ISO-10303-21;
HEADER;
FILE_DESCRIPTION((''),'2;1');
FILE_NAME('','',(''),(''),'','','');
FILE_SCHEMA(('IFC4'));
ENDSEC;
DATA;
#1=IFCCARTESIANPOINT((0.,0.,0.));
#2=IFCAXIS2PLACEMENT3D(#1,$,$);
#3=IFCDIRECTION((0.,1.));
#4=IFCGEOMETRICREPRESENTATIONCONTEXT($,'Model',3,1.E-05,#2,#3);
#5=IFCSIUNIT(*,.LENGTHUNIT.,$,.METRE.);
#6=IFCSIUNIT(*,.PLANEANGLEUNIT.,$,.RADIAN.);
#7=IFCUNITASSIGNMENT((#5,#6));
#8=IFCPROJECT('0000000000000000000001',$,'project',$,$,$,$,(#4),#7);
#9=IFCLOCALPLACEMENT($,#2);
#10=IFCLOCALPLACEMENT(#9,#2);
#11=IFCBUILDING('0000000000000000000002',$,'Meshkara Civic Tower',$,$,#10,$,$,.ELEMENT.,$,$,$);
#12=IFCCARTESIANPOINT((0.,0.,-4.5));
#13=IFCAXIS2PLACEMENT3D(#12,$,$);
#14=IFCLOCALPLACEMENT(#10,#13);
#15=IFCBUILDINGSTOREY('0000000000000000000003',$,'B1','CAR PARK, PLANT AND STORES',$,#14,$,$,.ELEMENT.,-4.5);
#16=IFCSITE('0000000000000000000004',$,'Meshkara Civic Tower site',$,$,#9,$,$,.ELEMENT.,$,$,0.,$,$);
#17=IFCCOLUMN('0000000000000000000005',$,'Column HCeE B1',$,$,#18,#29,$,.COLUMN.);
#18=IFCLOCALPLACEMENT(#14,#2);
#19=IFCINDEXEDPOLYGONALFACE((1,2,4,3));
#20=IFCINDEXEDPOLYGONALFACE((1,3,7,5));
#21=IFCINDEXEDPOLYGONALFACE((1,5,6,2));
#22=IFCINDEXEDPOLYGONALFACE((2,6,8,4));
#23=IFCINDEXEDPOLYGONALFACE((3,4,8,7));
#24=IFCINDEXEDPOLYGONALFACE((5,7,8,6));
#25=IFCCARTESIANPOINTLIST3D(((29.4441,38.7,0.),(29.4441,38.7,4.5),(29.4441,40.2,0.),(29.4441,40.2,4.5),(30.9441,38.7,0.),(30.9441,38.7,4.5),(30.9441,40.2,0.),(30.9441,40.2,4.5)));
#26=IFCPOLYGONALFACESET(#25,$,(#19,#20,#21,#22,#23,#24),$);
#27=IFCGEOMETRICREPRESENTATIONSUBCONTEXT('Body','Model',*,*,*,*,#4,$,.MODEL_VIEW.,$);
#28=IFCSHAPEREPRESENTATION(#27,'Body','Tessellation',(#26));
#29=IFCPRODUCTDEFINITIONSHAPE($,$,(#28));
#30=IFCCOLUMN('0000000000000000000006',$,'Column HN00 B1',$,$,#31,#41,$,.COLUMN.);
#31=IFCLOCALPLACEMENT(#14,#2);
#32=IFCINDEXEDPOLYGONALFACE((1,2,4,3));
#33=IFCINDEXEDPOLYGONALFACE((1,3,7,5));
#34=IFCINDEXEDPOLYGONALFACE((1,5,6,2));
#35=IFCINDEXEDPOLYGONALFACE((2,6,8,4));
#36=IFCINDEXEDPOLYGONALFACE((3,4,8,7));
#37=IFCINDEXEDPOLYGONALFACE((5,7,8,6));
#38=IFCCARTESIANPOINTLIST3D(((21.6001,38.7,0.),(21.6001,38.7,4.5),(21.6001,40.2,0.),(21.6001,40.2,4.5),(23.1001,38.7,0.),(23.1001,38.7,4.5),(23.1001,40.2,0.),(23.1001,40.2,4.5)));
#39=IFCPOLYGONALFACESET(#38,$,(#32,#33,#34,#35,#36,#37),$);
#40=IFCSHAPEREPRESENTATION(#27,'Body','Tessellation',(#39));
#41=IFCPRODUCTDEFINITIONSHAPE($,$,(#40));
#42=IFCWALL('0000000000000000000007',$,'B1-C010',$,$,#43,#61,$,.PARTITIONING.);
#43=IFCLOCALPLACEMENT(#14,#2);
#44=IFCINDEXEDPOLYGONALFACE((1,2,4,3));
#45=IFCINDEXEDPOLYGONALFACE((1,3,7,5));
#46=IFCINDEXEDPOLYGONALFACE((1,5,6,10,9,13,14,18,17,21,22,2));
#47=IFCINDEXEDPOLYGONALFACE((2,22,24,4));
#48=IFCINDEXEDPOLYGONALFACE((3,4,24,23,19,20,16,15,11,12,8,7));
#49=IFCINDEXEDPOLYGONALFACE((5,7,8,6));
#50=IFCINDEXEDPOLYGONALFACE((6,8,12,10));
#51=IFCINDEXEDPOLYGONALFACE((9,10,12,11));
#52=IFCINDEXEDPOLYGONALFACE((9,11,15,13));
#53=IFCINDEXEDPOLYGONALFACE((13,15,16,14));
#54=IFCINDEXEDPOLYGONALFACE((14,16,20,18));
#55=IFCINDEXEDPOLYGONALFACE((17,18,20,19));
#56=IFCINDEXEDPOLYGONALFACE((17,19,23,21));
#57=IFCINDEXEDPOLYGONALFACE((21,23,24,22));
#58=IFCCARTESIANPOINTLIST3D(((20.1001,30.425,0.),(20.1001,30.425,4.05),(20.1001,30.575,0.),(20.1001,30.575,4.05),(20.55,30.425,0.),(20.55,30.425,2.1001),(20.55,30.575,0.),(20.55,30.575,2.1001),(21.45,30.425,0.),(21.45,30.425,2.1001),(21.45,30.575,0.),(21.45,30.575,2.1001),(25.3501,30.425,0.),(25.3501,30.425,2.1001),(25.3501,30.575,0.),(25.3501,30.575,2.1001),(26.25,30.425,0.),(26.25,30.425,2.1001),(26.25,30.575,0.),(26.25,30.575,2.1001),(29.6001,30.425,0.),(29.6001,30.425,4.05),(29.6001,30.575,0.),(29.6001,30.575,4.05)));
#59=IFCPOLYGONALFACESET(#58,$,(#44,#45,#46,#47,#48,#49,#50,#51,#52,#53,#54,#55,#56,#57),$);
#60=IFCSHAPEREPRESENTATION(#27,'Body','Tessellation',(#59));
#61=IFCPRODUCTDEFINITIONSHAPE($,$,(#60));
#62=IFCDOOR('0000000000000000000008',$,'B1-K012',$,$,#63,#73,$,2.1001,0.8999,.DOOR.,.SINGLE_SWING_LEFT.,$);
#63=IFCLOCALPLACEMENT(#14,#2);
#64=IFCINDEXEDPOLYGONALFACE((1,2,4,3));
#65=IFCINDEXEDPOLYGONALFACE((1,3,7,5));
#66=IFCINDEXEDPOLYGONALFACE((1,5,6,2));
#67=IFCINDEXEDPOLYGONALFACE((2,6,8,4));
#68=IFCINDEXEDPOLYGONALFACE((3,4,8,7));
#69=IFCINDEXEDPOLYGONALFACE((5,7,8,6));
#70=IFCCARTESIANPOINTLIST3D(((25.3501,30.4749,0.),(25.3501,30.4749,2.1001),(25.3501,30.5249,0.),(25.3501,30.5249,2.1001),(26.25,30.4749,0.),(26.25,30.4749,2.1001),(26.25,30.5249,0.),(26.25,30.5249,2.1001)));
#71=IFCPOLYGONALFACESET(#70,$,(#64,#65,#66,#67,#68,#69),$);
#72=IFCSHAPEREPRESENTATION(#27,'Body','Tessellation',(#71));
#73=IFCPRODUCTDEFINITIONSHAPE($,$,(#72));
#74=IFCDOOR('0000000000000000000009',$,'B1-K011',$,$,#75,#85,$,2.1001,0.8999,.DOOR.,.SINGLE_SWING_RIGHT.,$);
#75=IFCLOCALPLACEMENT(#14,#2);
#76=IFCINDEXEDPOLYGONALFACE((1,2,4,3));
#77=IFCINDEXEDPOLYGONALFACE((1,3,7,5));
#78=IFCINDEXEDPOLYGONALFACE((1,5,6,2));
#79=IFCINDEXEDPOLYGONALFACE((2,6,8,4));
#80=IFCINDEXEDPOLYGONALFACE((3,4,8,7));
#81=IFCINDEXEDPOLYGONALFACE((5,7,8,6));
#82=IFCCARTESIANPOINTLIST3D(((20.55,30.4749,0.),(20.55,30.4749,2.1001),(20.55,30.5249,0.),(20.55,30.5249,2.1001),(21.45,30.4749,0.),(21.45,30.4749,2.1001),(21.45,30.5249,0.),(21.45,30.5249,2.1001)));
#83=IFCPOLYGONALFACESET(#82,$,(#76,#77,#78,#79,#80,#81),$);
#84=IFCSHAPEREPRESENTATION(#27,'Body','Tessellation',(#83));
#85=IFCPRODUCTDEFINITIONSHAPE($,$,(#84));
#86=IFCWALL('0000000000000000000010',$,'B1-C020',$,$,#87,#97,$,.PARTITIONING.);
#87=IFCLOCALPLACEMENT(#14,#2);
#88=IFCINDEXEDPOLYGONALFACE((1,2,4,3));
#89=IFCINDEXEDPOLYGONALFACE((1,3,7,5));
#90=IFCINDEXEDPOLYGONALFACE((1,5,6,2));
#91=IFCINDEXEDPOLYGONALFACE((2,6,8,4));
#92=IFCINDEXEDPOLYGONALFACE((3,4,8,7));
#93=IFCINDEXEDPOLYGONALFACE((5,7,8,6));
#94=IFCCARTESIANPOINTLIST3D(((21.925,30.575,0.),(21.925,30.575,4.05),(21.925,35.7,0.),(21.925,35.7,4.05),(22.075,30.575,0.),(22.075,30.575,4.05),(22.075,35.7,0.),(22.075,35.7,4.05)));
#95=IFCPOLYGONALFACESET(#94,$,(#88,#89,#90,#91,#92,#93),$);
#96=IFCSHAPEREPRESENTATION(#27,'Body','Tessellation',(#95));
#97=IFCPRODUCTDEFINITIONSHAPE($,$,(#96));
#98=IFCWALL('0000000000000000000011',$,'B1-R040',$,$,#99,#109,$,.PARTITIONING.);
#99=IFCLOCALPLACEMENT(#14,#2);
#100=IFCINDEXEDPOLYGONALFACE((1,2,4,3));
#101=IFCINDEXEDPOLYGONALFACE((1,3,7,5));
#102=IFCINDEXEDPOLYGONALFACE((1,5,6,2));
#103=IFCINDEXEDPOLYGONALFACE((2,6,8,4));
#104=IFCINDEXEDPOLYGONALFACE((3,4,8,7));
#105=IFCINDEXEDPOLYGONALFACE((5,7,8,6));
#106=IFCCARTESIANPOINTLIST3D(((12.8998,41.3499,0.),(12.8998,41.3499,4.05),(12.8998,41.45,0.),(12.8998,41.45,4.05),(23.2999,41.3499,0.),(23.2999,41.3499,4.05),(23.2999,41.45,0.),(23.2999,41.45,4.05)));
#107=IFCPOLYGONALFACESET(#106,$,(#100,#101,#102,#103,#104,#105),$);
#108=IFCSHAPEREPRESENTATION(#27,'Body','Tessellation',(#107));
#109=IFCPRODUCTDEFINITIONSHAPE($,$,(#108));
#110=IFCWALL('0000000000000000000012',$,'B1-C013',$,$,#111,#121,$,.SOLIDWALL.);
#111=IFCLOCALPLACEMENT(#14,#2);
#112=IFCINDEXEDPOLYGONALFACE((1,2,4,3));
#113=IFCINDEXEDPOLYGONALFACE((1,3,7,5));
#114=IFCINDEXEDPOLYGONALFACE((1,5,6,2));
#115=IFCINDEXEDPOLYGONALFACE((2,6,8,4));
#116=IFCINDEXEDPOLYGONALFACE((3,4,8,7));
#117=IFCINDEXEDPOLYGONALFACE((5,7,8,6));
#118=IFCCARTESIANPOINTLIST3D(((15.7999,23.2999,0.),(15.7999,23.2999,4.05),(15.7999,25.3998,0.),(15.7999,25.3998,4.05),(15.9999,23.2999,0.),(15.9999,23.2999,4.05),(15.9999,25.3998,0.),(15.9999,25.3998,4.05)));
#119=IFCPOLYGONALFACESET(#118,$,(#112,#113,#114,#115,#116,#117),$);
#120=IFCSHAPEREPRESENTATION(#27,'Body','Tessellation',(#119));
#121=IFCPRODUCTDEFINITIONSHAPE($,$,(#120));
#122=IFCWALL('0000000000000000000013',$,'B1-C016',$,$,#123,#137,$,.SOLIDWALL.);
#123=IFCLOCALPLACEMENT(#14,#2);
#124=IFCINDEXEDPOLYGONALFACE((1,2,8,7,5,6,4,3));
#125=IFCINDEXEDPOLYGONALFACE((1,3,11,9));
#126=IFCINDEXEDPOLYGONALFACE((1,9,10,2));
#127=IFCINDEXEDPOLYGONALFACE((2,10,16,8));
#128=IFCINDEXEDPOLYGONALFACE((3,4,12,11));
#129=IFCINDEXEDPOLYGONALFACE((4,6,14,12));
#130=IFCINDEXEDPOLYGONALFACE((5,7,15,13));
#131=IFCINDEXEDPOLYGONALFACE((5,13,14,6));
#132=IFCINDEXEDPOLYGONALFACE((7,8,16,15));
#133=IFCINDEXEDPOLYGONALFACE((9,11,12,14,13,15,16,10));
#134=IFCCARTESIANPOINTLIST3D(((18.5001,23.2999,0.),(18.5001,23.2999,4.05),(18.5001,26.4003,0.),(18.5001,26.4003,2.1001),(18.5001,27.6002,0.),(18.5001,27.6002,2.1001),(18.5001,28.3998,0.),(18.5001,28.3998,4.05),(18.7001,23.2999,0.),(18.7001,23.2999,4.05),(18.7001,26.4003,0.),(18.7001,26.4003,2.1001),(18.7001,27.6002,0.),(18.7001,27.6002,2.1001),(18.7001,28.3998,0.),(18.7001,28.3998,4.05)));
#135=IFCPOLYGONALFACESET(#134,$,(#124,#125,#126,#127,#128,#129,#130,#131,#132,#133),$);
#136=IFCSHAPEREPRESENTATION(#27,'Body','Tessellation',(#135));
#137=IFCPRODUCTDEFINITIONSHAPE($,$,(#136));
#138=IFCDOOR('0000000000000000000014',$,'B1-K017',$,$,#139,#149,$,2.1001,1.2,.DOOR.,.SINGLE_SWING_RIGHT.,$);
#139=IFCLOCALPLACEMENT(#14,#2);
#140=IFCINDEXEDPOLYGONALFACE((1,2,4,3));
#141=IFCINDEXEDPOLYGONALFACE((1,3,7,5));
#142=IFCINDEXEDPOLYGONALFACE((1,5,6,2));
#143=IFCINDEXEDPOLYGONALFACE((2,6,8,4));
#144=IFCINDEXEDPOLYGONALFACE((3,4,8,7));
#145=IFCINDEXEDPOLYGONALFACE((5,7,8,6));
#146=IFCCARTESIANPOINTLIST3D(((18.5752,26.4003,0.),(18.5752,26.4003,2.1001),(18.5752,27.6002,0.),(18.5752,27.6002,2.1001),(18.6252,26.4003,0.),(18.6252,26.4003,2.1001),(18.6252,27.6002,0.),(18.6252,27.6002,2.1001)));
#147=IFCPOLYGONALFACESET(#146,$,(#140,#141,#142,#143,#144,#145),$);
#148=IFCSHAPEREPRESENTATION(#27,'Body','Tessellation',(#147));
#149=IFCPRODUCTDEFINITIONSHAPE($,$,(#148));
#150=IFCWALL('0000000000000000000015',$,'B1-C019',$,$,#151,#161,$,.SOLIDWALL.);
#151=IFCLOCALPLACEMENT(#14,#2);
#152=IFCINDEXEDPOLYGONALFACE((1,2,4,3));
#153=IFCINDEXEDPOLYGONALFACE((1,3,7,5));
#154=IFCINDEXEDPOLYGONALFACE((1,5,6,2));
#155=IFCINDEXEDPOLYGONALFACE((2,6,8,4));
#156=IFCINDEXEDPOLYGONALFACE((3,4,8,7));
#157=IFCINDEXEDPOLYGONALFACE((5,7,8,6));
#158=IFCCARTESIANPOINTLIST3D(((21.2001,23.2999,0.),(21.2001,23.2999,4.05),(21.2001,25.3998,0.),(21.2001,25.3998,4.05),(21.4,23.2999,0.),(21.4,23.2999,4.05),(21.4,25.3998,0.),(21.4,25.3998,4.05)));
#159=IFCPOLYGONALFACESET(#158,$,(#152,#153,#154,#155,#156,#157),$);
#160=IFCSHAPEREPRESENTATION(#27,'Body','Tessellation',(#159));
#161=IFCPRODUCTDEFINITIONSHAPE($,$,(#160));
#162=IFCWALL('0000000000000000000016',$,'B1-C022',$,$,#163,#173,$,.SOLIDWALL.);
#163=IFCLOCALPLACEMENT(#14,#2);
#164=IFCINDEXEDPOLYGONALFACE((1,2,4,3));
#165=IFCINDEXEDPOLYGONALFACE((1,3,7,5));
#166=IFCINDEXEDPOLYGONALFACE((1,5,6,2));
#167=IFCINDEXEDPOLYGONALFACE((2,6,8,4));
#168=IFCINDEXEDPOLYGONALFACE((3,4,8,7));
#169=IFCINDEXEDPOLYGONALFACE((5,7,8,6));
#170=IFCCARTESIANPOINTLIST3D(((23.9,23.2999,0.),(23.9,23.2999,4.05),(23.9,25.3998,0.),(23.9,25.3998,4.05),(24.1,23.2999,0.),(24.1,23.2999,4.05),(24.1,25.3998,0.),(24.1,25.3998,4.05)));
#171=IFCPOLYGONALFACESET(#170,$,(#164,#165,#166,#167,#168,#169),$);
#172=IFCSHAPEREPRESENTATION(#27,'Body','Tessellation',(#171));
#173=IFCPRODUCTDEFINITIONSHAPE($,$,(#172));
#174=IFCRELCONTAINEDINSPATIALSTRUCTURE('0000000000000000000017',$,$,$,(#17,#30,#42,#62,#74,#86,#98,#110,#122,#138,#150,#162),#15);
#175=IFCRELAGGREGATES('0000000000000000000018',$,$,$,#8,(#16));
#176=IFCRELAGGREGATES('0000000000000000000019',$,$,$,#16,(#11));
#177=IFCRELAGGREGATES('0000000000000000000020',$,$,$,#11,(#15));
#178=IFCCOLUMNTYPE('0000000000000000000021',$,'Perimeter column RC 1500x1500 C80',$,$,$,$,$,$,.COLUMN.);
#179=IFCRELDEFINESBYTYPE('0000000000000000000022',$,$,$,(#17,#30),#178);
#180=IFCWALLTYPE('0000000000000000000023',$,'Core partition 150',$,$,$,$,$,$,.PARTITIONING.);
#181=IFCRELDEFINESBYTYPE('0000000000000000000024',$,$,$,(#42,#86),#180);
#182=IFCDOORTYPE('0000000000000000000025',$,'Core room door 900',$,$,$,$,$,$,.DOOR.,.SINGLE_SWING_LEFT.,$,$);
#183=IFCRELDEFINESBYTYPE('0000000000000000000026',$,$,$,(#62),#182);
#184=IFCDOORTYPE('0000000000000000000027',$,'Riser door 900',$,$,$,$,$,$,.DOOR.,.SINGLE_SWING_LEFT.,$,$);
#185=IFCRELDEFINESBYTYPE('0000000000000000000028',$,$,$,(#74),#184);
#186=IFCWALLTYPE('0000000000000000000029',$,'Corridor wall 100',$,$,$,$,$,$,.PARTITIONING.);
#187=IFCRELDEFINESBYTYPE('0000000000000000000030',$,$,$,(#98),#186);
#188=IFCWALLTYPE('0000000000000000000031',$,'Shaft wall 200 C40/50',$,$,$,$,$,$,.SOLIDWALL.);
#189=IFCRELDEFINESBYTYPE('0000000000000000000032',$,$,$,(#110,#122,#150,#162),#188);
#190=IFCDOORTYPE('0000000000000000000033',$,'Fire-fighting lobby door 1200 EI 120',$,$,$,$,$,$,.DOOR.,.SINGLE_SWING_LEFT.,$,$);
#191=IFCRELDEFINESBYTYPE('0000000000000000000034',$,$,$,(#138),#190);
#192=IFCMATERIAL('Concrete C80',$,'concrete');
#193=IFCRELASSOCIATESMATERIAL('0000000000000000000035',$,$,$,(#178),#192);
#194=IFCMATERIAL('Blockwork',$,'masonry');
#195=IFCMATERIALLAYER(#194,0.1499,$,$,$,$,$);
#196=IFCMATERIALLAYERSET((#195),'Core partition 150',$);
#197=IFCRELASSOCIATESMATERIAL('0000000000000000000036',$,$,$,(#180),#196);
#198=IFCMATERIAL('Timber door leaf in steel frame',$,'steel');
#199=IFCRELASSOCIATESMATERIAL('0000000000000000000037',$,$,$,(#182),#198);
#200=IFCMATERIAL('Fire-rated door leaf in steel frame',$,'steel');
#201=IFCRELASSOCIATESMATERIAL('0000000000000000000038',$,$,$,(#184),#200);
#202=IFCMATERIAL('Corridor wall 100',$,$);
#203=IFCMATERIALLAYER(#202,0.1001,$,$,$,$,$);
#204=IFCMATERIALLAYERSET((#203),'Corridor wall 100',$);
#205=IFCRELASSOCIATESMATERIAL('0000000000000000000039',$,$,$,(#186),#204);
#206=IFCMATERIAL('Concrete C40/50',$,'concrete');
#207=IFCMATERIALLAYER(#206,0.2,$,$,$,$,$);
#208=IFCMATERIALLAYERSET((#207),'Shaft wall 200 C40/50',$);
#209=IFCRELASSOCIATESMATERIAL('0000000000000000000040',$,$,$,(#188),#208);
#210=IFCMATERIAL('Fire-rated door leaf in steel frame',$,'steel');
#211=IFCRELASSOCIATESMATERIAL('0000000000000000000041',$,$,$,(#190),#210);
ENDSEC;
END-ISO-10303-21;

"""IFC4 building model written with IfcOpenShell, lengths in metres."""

from ifc_helpers import new_model, si_unit, direction, frame, frame_2d, origin, origin_2d, place, context, subcontext, project, spatial, rectangle, extrude, material, layer, layer_set, material_profile, profile_set, type_object, element, fill, save


model = new_model("IFC4")

# Units and contexts
model_context = context("Model", 3, precision=1e-05, world=origin(), true_north=direction((0.0, 1.0)))
body_context = subcontext(model_context, "Body", "Model", "MODEL_VIEW")
ifc_project = project(units=[si_unit("LENGTHUNIT", "METRE"), si_unit("PLANEANGLEUNIT", "RADIAN")], contexts=[model_context])

# Site, building, storey
site_placement = place(None, origin())
site = spatial("IfcSite", under=ifc_project, at=site_placement, Name="Meshkara Civic Tower site", CompositionType="ELEMENT", RefElevation=0.0)
building_placement = place(site_placement, origin())
building = spatial("IfcBuilding", under=site, at=building_placement, Name="Meshkara Civic Tower", CompositionType="ELEMENT")
storey_placement = place(building_placement, frame((0.0, 0.0, -4.5)))
storey = spatial("IfcBuildingStorey", under=building, at=storey_placement, Name="B1", Description="CAR PARK, PLANT AND STORES", CompositionType="ELEMENT", Elevation=-4.5)

# Columns
ifc_material_1 = material(Name="Concrete C80", Category="concrete")
ifc_material_profile = material_profile(ifc_material_1, rectangle(XDim=1.5, YDim=1.5, at=origin_2d()))
ifc_profile_set = profile_set([ifc_material_profile], Name="Concrete C80")
column_type = type_object("IfcColumnType", Name="Perimeter column RC 1500x1500 C80", PredefinedType="COLUMN", material=ifc_profile_set)
for number, where, z_axis, x_axis, name in (
    (1, (30.1941, 39.45, 0.0), (0.0, 0.0, 1.0), (1.0, 0.0, 0.0), "Column HCeE B1"),
    (2, (22.3501, 39.45, 0.0), (0.0, 0.0, 1.0), (1.0, 0.0, 0.0), "Column HN00 B1"),
):
    element("IfcColumn", number, at=place(storey_placement, frame(where, z_axis=z_axis, x_axis=x_axis)), inside=storey, type_object=column_type, Name=name, PredefinedType="COLUMN", context=body_context, shape_type="SweptSolid", body=[
        extrude(rectangle(XDim=1.5, YDim=1.5, at=origin_2d()), origin(), (0.0, 0.0, 1.0), 4.5),
    ])

# Wall, openings, doors
ifc_material_2 = material(Name="Blockwork", Category="masonry")
ifc_layer_1 = layer(ifc_material_2, 0.1499)
ifc_layer_set_1 = layer_set([ifc_layer_1], Name="Core partition 150")
wall_type_1 = type_object("IfcWallType", Name="Core partition 150", PredefinedType="PARTITIONING", material=ifc_layer_set_1)
wall_1_placement = place(storey_placement, frame((20.1001, 30.5, 0.0), z_axis=(0.0, 0.0, 1.0), x_axis=(1.0, 0.0, 0.0)))
wall_1 = element("IfcWall", 3, at=wall_1_placement, inside=storey, type_object=wall_type_1, Name="B1-C010", PredefinedType="PARTITIONING", context=body_context, shape_type="SweptSolid", body=[
    extrude(rectangle(XDim=9.5, YDim=0.1499, at=frame_2d((4.75, 0.0))), origin(), (0.0, 0.0, 1.0), 4.05),
])
opening_1_placement = place(wall_1_placement, frame((0.45, 0.0, 0.0)))
opening_1 = element("IfcOpeningElement", 4, at=opening_1_placement, cuts=wall_1, PredefinedType="OPENING", context=body_context, shape_type="SweptSolid", body=[
    extrude(rectangle(XDim=0.8999, YDim=2.1001, at=frame_2d((0.45, 1.05))), frame((0.0, 0.085, 0.0), z_axis=(0.0, -1.0, 0.0), x_axis=(1.0, 0.0, 0.0)), (0.0, 0.0, 1.0), 0.1699),
])
opening_2_placement = place(wall_1_placement, frame((5.25, 0.0, 0.0)))
opening_2 = element("IfcOpeningElement", 5, at=opening_2_placement, cuts=wall_1, PredefinedType="OPENING", context=body_context, shape_type="SweptSolid", body=[
    extrude(rectangle(XDim=0.8999, YDim=2.1001, at=frame_2d((0.45, 1.05))), frame((0.0, 0.085, 0.0), z_axis=(0.0, -1.0, 0.0), x_axis=(1.0, 0.0, 0.0)), (0.0, 0.0, 1.0), 0.1699),
])
ifc_material_3 = material(Name="Timber door leaf in steel frame", Category="steel")
door_type_1 = type_object("IfcDoorType", Name="Core room door 900", OperationType="SINGLE_SWING_LEFT", PredefinedType="DOOR", material=ifc_material_3)
door_1_placement = place(opening_2_placement, origin())
door_1 = element("IfcDoor", 6, at=door_1_placement, inside=storey, type_object=door_type_1, Name="B1-K012", OperationType="SINGLE_SWING_LEFT", OverallHeight=2.1001, OverallWidth=0.8999, PredefinedType="DOOR", context=body_context, shape_type="SweptSolid", body=[
    extrude(rectangle(XDim=0.8999, YDim=2.1001, at=frame_2d((0.45, 1.05))), frame((0.0, 0.0249, 0.0), z_axis=(0.0, -1.0, 0.0), x_axis=(1.0, 0.0, 0.0)), (0.0, 0.0, 1.0), 0.05),
])
fill(opening_2, door_1)
ifc_material_4 = material(Name="Fire-rated door leaf in steel frame", Category="steel")
door_type_2 = type_object("IfcDoorType", Name="Riser door 900", OperationType="SINGLE_SWING_LEFT", PredefinedType="DOOR", material=ifc_material_4)
door_2_placement = place(opening_1_placement, origin())
door_2 = element("IfcDoor", 7, at=door_2_placement, inside=storey, type_object=door_type_2, Name="B1-K011", OperationType="SINGLE_SWING_RIGHT", OverallHeight=2.1001, OverallWidth=0.8999, PredefinedType="DOOR", context=body_context, shape_type="SweptSolid", body=[
    extrude(rectangle(XDim=0.8999, YDim=2.1001, at=frame_2d((0.45, 1.05))), frame((0.0, 0.0249, 0.0), z_axis=(0.0, -1.0, 0.0), x_axis=(1.0, 0.0, 0.0)), (0.0, 0.0, 1.0), 0.05),
])
fill(opening_1, door_2)

# Walls
wall_2_placement = place(storey_placement, frame((22.0, 30.575, 0.0), z_axis=(0.0, 0.0, 1.0), x_axis=(0.0, 1.0, 0.0)))
element("IfcWall", 8, at=wall_2_placement, inside=storey, type_object=wall_type_1, Name="B1-C020", PredefinedType="PARTITIONING", context=body_context, shape_type="SweptSolid", body=[
    extrude(rectangle(XDim=5.125, YDim=0.1499, at=frame_2d((2.5625, 0.0))), origin(), (0.0, 0.0, 1.0), 4.05),
])
ifc_material_5 = material(Name="Corridor wall 100")
ifc_layer_2 = layer(ifc_material_5, 0.1001)
ifc_layer_set_2 = layer_set([ifc_layer_2], Name="Corridor wall 100")
wall_type_2 = type_object("IfcWallType", Name="Corridor wall 100", PredefinedType="PARTITIONING", material=ifc_layer_set_2)
wall_3_placement = place(storey_placement, frame((23.3, 41.3999, 0.0), z_axis=(0.0, 0.0, 1.0), x_axis=(-1.0, 0.0, 0.0)))
element("IfcWall", 9, at=wall_3_placement, inside=storey, type_object=wall_type_2, Name="B1-R040", PredefinedType="PARTITIONING", context=body_context, shape_type="SweptSolid", body=[
    extrude(rectangle(XDim=10.4001, YDim=0.1001, at=frame_2d((5.2002, 0.0))), origin(), (0.0, 0.0, 1.0), 4.05),
])
ifc_material_6 = material(Name="Concrete C40/50", Category="concrete")
ifc_layer_3 = layer(ifc_material_6, 0.2)
ifc_layer_set_3 = layer_set([ifc_layer_3], Name="Shaft wall 200 C40/50")
wall_type_3 = type_object("IfcWallType", Name="Shaft wall 200 C40/50", PredefinedType="SOLIDWALL", material=ifc_layer_set_3)
wall_4_placement = place(storey_placement, frame((15.8999, 23.3, 0.0), z_axis=(0.0, 0.0, 1.0), x_axis=(0.0, 1.0, 0.0)))
element("IfcWall", 10, at=wall_4_placement, inside=storey, type_object=wall_type_3, Name="B1-C013", PredefinedType="SOLIDWALL", context=body_context, shape_type="SweptSolid", body=[
    extrude(rectangle(XDim=2.0999, YDim=0.2, at=frame_2d((1.0498, 0.0))), origin(), (0.0, 0.0, 1.0), 4.05),
])

# Wall, opening, door
wall_5_placement = place(storey_placement, frame((18.6001, 23.3, 0.0), z_axis=(0.0, 0.0, 1.0), x_axis=(0.0, 1.0, 0.0)))
wall_5 = element("IfcWall", 11, at=wall_5_placement, inside=storey, type_object=wall_type_3, Name="B1-C016", PredefinedType="SOLIDWALL", context=body_context, shape_type="SweptSolid", body=[
    extrude(rectangle(XDim=5.0999, YDim=0.2, at=frame_2d((2.5498, 0.0))), origin(), (0.0, 0.0, 1.0), 4.05),
])
opening_3_placement = place(wall_5_placement, frame((3.1001, 0.0, 0.0)))
opening_3 = element("IfcOpeningElement", 12, at=opening_3_placement, cuts=wall_5, PredefinedType="OPENING", context=body_context, shape_type="SweptSolid", body=[
    extrude(rectangle(XDim=1.2, YDim=2.1001, at=frame_2d((0.6001, 1.05))), frame((0.0, 0.1099, 0.0), z_axis=(0.0, -1.0, 0.0), x_axis=(1.0, 0.0, 0.0)), (0.0, 0.0, 1.0), 0.22),
])
ifc_material_7 = material(Name="Fire-rated door leaf in steel frame", Category="steel")
door_type_3 = type_object("IfcDoorType", Name="Fire-fighting lobby door 1200 EI 120", OperationType="SINGLE_SWING_LEFT", PredefinedType="DOOR", material=ifc_material_7)
door_3_placement = place(opening_3_placement, origin())
door_3 = element("IfcDoor", 13, at=door_3_placement, inside=storey, type_object=door_type_3, Name="B1-K017", OperationType="SINGLE_SWING_RIGHT", OverallHeight=2.1001, OverallWidth=1.2, PredefinedType="DOOR", context=body_context, shape_type="SweptSolid", body=[
    extrude(rectangle(XDim=1.2, YDim=2.1001, at=frame_2d((0.6001, 1.05))), frame((0.0, 0.0249, 0.0), z_axis=(0.0, -1.0, 0.0), x_axis=(1.0, 0.0, 0.0)), (0.0, 0.0, 1.0), 0.05),
])
fill(opening_3, door_3)

# Walls
for number, where, z_axis, x_axis, name in (
    (14, (21.3, 23.3, 0.0), (0.0, 0.0, 1.0), (0.0, 1.0, 0.0), "B1-C019"),
    (15, (24.0, 23.3, 0.0), (0.0, 0.0, 1.0), (0.0, 1.0, 0.0), "B1-C022"),
):
    element("IfcWall", number, at=place(storey_placement, frame(where, z_axis=z_axis, x_axis=x_axis)), inside=storey, type_object=wall_type_3, Name=name, PredefinedType="SOLIDWALL", context=body_context, shape_type="SweptSolid", body=[
        extrude(rectangle(XDim=2.0999, YDim=0.2, at=frame_2d((1.0498, 0.0))), origin(), (0.0, 0.0, 1.0), 4.05),
    ])

save(model, "model.ifc")
